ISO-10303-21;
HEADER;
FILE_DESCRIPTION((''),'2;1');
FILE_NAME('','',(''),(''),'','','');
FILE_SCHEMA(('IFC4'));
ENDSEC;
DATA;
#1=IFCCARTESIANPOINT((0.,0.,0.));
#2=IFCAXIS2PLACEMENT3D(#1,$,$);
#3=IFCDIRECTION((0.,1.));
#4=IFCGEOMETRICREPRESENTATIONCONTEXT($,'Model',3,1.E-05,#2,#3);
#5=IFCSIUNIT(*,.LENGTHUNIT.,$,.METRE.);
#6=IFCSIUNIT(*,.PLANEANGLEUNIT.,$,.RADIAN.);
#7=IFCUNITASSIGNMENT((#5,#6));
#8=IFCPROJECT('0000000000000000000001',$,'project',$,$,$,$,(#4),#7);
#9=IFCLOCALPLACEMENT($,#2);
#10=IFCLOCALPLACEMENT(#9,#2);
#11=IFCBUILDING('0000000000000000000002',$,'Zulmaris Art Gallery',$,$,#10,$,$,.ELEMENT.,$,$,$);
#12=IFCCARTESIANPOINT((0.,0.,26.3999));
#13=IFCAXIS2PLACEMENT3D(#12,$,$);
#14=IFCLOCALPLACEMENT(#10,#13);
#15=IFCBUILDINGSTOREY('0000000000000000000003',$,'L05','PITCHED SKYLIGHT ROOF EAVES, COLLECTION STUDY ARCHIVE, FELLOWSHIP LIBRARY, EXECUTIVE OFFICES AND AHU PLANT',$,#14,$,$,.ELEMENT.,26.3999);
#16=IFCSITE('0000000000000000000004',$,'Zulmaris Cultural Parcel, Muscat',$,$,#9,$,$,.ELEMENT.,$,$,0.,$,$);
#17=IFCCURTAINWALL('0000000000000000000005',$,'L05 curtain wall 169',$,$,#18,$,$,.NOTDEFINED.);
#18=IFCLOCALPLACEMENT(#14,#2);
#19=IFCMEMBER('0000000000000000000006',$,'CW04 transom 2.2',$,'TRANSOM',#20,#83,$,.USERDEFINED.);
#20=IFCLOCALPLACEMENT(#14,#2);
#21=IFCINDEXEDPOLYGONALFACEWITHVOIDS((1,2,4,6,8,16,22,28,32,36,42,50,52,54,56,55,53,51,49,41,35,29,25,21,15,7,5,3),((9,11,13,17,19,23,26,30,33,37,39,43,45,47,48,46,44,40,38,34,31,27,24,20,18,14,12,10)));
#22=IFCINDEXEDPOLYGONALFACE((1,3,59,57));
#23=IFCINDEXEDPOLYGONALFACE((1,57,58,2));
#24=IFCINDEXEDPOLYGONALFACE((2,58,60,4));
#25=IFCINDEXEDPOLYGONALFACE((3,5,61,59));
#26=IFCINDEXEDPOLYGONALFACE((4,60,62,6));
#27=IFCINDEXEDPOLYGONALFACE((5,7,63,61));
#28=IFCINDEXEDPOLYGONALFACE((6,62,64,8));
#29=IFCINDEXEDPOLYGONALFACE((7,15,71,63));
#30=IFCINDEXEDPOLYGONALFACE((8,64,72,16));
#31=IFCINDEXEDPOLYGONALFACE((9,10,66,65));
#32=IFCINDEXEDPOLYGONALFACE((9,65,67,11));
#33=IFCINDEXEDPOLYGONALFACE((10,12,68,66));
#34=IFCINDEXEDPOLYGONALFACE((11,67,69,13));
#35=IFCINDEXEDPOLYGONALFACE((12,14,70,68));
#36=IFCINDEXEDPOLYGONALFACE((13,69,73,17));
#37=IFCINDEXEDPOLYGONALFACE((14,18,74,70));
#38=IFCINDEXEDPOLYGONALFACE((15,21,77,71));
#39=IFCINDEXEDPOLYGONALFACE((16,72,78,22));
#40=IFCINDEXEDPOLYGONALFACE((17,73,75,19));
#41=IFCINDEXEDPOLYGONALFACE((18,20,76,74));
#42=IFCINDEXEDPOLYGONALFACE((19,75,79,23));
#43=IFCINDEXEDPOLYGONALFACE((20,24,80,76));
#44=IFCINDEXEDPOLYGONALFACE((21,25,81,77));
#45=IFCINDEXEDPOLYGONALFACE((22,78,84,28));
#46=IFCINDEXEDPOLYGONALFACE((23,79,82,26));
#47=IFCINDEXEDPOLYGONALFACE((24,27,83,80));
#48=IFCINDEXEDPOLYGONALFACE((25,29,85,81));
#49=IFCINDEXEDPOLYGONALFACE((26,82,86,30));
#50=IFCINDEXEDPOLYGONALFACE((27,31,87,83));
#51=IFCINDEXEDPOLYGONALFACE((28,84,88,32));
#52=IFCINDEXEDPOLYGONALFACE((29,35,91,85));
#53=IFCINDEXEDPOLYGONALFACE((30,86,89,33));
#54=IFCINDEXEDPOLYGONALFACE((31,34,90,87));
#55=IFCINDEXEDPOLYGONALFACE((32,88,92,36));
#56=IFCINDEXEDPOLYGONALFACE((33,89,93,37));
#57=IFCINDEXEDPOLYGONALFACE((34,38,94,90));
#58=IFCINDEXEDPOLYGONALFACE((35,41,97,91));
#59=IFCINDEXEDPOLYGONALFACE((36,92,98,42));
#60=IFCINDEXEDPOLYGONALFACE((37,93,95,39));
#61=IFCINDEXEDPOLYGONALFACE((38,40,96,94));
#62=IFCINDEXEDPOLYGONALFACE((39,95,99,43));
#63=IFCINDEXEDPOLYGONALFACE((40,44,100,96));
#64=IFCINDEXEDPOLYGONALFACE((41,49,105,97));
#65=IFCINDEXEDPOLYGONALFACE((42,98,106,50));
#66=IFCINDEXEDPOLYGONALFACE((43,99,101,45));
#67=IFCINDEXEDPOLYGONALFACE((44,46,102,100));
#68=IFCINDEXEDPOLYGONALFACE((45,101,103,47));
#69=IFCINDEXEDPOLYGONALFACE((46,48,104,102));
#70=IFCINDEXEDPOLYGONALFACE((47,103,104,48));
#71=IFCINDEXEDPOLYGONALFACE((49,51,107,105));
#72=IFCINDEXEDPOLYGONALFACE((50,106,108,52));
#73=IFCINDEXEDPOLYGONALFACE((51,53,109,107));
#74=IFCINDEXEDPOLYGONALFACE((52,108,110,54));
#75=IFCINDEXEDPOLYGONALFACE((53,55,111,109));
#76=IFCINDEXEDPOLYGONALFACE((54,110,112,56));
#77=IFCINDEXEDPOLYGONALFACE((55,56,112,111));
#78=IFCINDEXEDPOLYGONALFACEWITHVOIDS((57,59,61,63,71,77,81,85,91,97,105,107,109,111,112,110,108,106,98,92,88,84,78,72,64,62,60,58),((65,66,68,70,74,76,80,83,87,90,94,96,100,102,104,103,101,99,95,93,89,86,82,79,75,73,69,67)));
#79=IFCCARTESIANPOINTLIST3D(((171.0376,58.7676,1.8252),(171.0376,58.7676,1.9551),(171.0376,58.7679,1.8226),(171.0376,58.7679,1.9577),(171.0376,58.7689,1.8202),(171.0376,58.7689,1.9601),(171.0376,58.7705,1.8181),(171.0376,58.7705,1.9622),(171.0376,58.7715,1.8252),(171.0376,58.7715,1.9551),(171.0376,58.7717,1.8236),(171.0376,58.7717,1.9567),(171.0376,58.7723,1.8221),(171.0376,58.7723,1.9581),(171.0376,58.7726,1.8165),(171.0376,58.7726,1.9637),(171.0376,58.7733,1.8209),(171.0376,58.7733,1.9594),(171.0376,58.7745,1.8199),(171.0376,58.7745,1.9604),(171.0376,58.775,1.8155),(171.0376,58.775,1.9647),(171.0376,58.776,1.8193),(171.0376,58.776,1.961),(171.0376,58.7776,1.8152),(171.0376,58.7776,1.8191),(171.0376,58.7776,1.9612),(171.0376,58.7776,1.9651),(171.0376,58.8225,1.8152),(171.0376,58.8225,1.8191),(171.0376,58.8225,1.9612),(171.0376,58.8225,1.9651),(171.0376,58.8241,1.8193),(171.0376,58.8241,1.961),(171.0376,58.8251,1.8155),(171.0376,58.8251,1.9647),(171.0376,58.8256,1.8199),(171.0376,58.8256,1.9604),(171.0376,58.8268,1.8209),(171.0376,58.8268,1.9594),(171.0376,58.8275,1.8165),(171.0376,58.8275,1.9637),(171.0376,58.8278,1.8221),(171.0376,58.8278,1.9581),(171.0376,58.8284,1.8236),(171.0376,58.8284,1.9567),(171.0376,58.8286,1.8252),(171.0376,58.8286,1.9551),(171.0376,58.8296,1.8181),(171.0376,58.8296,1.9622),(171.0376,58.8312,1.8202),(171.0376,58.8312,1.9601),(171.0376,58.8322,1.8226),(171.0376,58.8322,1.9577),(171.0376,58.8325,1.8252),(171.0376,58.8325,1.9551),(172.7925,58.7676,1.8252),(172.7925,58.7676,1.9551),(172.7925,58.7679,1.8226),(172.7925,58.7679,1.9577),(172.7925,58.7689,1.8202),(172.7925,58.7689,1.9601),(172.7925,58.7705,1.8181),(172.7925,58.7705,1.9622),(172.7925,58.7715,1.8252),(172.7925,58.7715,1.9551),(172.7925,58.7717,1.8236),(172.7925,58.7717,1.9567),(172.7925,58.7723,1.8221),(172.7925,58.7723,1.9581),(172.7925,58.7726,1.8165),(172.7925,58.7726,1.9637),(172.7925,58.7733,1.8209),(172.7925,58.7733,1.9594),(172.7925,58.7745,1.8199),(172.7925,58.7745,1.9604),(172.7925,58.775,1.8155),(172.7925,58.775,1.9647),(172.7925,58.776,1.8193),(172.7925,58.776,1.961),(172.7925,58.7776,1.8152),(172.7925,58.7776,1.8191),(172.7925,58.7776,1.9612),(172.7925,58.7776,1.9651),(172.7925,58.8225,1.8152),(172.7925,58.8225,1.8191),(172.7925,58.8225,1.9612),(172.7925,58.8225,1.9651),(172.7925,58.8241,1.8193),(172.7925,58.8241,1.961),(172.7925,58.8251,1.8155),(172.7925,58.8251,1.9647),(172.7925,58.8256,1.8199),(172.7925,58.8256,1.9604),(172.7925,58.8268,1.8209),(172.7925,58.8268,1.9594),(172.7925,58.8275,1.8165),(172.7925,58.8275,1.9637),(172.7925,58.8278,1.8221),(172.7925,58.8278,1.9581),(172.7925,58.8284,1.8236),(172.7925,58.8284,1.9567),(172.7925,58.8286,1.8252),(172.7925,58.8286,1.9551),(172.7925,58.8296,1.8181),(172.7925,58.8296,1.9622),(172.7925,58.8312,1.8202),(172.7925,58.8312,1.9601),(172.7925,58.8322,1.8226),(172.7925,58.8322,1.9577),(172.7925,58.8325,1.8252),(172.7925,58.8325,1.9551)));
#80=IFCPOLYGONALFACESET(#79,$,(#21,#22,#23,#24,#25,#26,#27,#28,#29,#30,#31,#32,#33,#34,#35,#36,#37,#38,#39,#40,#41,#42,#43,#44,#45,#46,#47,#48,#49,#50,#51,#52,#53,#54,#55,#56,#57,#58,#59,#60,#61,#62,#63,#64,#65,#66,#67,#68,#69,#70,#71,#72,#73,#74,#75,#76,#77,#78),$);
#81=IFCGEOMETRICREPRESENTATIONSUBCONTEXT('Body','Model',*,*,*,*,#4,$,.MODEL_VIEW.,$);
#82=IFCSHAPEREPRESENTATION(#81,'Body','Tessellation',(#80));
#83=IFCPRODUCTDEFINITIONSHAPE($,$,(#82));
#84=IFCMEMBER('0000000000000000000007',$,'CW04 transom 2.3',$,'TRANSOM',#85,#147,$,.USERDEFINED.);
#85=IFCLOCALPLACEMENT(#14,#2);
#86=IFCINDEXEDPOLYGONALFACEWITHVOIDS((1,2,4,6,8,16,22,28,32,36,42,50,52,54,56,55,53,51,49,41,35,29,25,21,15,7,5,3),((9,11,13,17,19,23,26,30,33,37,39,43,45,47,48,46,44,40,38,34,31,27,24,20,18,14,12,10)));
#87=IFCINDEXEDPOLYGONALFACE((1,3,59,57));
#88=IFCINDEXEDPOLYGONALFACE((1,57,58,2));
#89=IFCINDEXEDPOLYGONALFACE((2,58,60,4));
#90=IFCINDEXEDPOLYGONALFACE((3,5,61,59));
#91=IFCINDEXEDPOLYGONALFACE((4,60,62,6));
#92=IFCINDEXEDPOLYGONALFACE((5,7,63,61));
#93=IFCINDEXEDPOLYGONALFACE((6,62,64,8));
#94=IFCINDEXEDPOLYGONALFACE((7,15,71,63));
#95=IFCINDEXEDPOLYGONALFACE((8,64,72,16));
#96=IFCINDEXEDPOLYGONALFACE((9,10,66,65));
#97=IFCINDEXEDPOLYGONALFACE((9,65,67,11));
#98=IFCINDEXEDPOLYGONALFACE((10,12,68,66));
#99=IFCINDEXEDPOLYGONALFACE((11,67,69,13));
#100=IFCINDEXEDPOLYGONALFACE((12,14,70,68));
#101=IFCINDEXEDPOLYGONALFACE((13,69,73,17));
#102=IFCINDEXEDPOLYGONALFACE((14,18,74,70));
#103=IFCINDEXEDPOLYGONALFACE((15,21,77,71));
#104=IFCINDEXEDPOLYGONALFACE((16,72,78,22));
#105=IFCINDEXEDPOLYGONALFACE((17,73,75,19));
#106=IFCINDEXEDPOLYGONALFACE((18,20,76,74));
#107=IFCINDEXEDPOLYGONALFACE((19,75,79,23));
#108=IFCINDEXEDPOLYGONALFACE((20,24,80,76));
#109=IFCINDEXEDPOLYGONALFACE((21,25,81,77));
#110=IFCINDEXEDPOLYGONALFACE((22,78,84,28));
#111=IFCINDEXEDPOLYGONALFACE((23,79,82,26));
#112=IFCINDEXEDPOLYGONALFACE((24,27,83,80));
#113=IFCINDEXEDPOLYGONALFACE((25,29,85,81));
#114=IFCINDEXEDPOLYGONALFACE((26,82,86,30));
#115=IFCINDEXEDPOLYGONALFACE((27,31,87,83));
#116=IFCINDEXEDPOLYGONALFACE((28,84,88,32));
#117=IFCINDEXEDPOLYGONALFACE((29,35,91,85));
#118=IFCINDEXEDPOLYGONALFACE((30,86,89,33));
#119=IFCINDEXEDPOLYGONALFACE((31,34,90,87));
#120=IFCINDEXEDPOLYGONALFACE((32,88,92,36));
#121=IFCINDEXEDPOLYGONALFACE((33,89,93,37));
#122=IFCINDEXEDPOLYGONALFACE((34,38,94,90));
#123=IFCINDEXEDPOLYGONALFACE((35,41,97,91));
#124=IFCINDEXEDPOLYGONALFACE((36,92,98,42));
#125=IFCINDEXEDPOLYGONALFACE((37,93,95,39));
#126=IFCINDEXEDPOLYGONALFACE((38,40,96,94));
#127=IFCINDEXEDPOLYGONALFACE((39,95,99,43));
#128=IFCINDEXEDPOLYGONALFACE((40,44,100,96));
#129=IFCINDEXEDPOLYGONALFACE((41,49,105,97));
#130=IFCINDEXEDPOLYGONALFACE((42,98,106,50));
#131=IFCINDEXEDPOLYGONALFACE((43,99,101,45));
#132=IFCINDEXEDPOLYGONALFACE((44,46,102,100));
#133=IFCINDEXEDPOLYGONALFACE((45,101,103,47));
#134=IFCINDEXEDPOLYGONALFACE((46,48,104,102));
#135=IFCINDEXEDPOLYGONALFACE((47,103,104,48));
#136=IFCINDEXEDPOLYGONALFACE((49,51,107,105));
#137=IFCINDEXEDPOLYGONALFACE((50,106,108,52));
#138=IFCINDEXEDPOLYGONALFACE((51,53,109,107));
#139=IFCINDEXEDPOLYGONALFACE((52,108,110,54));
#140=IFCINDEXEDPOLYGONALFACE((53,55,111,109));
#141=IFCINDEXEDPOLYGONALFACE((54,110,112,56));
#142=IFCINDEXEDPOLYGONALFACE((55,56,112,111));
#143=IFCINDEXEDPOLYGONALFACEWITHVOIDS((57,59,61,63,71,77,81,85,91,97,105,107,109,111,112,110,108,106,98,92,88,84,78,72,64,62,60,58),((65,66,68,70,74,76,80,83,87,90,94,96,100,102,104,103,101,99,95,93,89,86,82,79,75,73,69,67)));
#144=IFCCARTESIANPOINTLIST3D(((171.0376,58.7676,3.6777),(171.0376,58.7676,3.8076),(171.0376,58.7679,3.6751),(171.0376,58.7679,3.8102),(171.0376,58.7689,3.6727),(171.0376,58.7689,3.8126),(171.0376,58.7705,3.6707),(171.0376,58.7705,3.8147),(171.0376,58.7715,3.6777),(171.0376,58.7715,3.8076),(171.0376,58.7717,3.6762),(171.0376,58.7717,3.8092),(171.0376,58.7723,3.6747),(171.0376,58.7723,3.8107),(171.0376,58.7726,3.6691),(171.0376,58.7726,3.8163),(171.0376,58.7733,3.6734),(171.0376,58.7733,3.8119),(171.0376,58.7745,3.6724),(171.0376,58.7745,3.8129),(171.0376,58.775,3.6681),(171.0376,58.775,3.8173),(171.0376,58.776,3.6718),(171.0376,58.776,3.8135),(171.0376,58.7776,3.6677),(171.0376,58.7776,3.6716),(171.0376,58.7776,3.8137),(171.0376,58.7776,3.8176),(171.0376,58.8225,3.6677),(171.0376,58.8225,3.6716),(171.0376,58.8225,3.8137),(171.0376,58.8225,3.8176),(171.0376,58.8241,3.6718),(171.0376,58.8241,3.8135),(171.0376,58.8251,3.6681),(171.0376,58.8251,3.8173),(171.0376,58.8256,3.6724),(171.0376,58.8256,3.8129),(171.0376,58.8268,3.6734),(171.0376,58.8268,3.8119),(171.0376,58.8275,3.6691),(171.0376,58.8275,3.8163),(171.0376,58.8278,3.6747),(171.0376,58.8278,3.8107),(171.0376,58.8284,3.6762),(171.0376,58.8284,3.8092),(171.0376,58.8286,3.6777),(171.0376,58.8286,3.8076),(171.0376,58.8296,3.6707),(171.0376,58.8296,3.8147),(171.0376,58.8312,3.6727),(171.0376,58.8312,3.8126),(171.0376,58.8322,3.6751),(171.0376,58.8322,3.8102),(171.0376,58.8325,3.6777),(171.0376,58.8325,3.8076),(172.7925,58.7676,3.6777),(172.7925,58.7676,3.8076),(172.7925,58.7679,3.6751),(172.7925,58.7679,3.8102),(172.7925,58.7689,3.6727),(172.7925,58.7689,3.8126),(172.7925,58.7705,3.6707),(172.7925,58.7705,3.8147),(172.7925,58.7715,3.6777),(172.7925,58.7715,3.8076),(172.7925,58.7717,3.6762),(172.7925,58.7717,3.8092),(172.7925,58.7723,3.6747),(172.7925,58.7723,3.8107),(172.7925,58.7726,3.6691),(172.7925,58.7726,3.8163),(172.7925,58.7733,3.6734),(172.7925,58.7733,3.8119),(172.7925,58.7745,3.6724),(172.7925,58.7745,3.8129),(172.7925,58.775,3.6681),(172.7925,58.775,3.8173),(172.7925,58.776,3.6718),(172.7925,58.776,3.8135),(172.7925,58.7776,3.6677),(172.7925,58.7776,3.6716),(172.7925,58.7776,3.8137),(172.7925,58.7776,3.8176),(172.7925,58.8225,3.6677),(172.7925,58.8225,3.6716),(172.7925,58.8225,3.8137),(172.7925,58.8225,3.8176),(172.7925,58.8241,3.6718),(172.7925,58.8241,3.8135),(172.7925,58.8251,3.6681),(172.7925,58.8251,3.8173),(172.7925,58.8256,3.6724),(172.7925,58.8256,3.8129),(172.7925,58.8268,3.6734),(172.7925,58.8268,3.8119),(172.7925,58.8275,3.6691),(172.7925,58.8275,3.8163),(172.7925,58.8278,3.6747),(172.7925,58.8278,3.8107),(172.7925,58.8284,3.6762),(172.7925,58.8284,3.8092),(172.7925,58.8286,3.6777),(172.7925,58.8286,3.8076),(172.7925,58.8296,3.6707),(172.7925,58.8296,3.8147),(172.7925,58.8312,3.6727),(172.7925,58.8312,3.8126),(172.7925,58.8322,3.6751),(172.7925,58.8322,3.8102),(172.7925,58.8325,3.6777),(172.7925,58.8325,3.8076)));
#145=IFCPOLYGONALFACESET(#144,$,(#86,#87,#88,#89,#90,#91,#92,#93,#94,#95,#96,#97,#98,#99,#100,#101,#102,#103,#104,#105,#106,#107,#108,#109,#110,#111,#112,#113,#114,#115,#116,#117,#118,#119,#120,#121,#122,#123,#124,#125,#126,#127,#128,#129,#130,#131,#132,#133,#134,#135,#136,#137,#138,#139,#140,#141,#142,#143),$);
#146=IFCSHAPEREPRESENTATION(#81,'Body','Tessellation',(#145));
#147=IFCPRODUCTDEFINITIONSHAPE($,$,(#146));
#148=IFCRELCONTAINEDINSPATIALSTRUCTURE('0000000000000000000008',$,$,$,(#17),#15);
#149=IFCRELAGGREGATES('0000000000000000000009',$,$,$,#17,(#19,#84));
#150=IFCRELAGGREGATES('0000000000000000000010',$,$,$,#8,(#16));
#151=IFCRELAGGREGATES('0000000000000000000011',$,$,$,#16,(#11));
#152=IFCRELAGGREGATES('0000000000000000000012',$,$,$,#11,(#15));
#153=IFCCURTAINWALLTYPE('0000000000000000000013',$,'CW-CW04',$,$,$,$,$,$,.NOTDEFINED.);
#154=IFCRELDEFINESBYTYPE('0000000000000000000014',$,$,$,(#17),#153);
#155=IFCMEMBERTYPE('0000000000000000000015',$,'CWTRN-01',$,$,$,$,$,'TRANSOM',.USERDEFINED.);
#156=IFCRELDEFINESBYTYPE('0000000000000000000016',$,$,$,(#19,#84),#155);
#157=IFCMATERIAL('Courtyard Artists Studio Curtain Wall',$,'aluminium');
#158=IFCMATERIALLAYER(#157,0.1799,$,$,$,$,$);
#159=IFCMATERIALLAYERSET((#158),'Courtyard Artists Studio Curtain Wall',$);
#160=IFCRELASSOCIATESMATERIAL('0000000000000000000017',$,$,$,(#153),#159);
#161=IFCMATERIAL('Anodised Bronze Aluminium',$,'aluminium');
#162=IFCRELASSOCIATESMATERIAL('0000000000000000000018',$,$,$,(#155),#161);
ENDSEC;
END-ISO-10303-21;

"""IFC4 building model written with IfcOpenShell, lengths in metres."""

from ifc_helpers import new_model, si_unit, direction, frame, origin, origin_2d, place, context, subcontext, project, spatial, hollow_rectangle, extrude, material, layer, layer_set, material_profile, profile_set, type_object, element, aggregate, save


model = new_model("IFC4")

# Units and contexts
model_context = context("Model", 3, precision=1e-05, world=origin(), true_north=direction((0.0, 1.0)))
body_context = subcontext(model_context, "Body", "Model", "MODEL_VIEW")
ifc_project = project(units=[si_unit("LENGTHUNIT", "METRE"), si_unit("PLANEANGLEUNIT", "RADIAN")], contexts=[model_context])

# Site, building, storey
site_placement = place(None, origin())
site = spatial("IfcSite", under=ifc_project, at=site_placement, Name="Zulmaris Cultural Parcel, Muscat", CompositionType="ELEMENT", RefElevation=0.0)
building_placement = place(site_placement, origin())
building = spatial("IfcBuilding", under=site, at=building_placement, Name="Zulmaris Art Gallery", CompositionType="ELEMENT")
storey_placement = place(building_placement, frame((0.0, 0.0, 26.3999)))
storey = spatial("IfcBuildingStorey", under=building, at=storey_placement, Name="L05", Description="PITCHED SKYLIGHT ROOF EAVES, COLLECTION STUDY ARCHIVE, FELLOWSHIP LIBRARY, EXECUTIVE OFFICES AND AHU PLANT", CompositionType="ELEMENT", Elevation=26.3999)

# Curtain wall
ifc_material_1 = material(Name="Courtyard Artists Studio Curtain Wall", Category="aluminium")
ifc_layer_1 = layer(ifc_material_1, 0.1799)
ifc_layer_set_1 = layer_set([ifc_layer_1], Name="Courtyard Artists Studio Curtain Wall")
curtain_wall_type = type_object("IfcCurtainWallType", Name="CW-CW04", PredefinedType="NOTDEFINED", material=ifc_layer_set_1)
curtain_wall_1_placement = place(storey_placement, origin())
curtain_wall_1 = element("IfcCurtainWall", 1, at=curtain_wall_1_placement, inside=storey, type_object=curtain_wall_type, Name="L05 curtain wall 169", PredefinedType="NOTDEFINED")
ifc_material_2 = material(Name="Anodised Bronze Aluminium", Category="aluminium")

# Members
ifc_material_profile_1 = material_profile(ifc_material_2, hollow_rectangle(XDim=0.0649, YDim=0.1499, WallThickness=0.0039, InnerFilletRadius=0.0061, OuterFilletRadius=0.01, at=origin_2d()), Name="ALU 65x150x4")
ifc_profile_set_1 = profile_set([ifc_material_profile_1], Name="Anodised Bronze Aluminium")
member_type_1 = type_object("IfcMemberType", Name="CWTRN-01", ElementType="TRANSOM", PredefinedType="USERDEFINED", material=ifc_profile_set_1)
member_1_placement = place(storey_placement, frame((172.7925, 58.8, 1.8901), z_axis=(-1.0, 0.0, 0.0), x_axis=(0.0, -1.0, 0.0)))
member_1 = element("IfcMember", 2, at=member_1_placement, type_object=member_type_1, Name="CW04 transom 2.2", ObjectType="TRANSOM", PredefinedType="USERDEFINED", context=body_context, shape_type="SweptSolid", body=[
    extrude(hollow_rectangle(XDim=0.0649, YDim=0.1499, WallThickness=0.0039, InnerFilletRadius=0.0061, OuterFilletRadius=0.01, at=origin_2d()), origin(), (0.0, 0.0, 1.0), 1.7549),
])
member_2_placement = place(storey_placement, frame((172.7925, 58.8, 3.7427), z_axis=(-1.0, 0.0, 0.0), x_axis=(0.0, -1.0, 0.0)))
member_2 = element("IfcMember", 3, at=member_2_placement, type_object=member_type_1, Name="CW04 transom 2.3", ObjectType="TRANSOM", PredefinedType="USERDEFINED", context=body_context, shape_type="SweptSolid", body=[
    extrude(hollow_rectangle(XDim=0.0649, YDim=0.1499, WallThickness=0.0039, InnerFilletRadius=0.0061, OuterFilletRadius=0.01, at=origin_2d()), origin(), (0.0, 0.0, 1.0), 1.7549),
])

aggregate(curtain_wall_1, [member_1, member_2])

save(model, "model.ifc")
